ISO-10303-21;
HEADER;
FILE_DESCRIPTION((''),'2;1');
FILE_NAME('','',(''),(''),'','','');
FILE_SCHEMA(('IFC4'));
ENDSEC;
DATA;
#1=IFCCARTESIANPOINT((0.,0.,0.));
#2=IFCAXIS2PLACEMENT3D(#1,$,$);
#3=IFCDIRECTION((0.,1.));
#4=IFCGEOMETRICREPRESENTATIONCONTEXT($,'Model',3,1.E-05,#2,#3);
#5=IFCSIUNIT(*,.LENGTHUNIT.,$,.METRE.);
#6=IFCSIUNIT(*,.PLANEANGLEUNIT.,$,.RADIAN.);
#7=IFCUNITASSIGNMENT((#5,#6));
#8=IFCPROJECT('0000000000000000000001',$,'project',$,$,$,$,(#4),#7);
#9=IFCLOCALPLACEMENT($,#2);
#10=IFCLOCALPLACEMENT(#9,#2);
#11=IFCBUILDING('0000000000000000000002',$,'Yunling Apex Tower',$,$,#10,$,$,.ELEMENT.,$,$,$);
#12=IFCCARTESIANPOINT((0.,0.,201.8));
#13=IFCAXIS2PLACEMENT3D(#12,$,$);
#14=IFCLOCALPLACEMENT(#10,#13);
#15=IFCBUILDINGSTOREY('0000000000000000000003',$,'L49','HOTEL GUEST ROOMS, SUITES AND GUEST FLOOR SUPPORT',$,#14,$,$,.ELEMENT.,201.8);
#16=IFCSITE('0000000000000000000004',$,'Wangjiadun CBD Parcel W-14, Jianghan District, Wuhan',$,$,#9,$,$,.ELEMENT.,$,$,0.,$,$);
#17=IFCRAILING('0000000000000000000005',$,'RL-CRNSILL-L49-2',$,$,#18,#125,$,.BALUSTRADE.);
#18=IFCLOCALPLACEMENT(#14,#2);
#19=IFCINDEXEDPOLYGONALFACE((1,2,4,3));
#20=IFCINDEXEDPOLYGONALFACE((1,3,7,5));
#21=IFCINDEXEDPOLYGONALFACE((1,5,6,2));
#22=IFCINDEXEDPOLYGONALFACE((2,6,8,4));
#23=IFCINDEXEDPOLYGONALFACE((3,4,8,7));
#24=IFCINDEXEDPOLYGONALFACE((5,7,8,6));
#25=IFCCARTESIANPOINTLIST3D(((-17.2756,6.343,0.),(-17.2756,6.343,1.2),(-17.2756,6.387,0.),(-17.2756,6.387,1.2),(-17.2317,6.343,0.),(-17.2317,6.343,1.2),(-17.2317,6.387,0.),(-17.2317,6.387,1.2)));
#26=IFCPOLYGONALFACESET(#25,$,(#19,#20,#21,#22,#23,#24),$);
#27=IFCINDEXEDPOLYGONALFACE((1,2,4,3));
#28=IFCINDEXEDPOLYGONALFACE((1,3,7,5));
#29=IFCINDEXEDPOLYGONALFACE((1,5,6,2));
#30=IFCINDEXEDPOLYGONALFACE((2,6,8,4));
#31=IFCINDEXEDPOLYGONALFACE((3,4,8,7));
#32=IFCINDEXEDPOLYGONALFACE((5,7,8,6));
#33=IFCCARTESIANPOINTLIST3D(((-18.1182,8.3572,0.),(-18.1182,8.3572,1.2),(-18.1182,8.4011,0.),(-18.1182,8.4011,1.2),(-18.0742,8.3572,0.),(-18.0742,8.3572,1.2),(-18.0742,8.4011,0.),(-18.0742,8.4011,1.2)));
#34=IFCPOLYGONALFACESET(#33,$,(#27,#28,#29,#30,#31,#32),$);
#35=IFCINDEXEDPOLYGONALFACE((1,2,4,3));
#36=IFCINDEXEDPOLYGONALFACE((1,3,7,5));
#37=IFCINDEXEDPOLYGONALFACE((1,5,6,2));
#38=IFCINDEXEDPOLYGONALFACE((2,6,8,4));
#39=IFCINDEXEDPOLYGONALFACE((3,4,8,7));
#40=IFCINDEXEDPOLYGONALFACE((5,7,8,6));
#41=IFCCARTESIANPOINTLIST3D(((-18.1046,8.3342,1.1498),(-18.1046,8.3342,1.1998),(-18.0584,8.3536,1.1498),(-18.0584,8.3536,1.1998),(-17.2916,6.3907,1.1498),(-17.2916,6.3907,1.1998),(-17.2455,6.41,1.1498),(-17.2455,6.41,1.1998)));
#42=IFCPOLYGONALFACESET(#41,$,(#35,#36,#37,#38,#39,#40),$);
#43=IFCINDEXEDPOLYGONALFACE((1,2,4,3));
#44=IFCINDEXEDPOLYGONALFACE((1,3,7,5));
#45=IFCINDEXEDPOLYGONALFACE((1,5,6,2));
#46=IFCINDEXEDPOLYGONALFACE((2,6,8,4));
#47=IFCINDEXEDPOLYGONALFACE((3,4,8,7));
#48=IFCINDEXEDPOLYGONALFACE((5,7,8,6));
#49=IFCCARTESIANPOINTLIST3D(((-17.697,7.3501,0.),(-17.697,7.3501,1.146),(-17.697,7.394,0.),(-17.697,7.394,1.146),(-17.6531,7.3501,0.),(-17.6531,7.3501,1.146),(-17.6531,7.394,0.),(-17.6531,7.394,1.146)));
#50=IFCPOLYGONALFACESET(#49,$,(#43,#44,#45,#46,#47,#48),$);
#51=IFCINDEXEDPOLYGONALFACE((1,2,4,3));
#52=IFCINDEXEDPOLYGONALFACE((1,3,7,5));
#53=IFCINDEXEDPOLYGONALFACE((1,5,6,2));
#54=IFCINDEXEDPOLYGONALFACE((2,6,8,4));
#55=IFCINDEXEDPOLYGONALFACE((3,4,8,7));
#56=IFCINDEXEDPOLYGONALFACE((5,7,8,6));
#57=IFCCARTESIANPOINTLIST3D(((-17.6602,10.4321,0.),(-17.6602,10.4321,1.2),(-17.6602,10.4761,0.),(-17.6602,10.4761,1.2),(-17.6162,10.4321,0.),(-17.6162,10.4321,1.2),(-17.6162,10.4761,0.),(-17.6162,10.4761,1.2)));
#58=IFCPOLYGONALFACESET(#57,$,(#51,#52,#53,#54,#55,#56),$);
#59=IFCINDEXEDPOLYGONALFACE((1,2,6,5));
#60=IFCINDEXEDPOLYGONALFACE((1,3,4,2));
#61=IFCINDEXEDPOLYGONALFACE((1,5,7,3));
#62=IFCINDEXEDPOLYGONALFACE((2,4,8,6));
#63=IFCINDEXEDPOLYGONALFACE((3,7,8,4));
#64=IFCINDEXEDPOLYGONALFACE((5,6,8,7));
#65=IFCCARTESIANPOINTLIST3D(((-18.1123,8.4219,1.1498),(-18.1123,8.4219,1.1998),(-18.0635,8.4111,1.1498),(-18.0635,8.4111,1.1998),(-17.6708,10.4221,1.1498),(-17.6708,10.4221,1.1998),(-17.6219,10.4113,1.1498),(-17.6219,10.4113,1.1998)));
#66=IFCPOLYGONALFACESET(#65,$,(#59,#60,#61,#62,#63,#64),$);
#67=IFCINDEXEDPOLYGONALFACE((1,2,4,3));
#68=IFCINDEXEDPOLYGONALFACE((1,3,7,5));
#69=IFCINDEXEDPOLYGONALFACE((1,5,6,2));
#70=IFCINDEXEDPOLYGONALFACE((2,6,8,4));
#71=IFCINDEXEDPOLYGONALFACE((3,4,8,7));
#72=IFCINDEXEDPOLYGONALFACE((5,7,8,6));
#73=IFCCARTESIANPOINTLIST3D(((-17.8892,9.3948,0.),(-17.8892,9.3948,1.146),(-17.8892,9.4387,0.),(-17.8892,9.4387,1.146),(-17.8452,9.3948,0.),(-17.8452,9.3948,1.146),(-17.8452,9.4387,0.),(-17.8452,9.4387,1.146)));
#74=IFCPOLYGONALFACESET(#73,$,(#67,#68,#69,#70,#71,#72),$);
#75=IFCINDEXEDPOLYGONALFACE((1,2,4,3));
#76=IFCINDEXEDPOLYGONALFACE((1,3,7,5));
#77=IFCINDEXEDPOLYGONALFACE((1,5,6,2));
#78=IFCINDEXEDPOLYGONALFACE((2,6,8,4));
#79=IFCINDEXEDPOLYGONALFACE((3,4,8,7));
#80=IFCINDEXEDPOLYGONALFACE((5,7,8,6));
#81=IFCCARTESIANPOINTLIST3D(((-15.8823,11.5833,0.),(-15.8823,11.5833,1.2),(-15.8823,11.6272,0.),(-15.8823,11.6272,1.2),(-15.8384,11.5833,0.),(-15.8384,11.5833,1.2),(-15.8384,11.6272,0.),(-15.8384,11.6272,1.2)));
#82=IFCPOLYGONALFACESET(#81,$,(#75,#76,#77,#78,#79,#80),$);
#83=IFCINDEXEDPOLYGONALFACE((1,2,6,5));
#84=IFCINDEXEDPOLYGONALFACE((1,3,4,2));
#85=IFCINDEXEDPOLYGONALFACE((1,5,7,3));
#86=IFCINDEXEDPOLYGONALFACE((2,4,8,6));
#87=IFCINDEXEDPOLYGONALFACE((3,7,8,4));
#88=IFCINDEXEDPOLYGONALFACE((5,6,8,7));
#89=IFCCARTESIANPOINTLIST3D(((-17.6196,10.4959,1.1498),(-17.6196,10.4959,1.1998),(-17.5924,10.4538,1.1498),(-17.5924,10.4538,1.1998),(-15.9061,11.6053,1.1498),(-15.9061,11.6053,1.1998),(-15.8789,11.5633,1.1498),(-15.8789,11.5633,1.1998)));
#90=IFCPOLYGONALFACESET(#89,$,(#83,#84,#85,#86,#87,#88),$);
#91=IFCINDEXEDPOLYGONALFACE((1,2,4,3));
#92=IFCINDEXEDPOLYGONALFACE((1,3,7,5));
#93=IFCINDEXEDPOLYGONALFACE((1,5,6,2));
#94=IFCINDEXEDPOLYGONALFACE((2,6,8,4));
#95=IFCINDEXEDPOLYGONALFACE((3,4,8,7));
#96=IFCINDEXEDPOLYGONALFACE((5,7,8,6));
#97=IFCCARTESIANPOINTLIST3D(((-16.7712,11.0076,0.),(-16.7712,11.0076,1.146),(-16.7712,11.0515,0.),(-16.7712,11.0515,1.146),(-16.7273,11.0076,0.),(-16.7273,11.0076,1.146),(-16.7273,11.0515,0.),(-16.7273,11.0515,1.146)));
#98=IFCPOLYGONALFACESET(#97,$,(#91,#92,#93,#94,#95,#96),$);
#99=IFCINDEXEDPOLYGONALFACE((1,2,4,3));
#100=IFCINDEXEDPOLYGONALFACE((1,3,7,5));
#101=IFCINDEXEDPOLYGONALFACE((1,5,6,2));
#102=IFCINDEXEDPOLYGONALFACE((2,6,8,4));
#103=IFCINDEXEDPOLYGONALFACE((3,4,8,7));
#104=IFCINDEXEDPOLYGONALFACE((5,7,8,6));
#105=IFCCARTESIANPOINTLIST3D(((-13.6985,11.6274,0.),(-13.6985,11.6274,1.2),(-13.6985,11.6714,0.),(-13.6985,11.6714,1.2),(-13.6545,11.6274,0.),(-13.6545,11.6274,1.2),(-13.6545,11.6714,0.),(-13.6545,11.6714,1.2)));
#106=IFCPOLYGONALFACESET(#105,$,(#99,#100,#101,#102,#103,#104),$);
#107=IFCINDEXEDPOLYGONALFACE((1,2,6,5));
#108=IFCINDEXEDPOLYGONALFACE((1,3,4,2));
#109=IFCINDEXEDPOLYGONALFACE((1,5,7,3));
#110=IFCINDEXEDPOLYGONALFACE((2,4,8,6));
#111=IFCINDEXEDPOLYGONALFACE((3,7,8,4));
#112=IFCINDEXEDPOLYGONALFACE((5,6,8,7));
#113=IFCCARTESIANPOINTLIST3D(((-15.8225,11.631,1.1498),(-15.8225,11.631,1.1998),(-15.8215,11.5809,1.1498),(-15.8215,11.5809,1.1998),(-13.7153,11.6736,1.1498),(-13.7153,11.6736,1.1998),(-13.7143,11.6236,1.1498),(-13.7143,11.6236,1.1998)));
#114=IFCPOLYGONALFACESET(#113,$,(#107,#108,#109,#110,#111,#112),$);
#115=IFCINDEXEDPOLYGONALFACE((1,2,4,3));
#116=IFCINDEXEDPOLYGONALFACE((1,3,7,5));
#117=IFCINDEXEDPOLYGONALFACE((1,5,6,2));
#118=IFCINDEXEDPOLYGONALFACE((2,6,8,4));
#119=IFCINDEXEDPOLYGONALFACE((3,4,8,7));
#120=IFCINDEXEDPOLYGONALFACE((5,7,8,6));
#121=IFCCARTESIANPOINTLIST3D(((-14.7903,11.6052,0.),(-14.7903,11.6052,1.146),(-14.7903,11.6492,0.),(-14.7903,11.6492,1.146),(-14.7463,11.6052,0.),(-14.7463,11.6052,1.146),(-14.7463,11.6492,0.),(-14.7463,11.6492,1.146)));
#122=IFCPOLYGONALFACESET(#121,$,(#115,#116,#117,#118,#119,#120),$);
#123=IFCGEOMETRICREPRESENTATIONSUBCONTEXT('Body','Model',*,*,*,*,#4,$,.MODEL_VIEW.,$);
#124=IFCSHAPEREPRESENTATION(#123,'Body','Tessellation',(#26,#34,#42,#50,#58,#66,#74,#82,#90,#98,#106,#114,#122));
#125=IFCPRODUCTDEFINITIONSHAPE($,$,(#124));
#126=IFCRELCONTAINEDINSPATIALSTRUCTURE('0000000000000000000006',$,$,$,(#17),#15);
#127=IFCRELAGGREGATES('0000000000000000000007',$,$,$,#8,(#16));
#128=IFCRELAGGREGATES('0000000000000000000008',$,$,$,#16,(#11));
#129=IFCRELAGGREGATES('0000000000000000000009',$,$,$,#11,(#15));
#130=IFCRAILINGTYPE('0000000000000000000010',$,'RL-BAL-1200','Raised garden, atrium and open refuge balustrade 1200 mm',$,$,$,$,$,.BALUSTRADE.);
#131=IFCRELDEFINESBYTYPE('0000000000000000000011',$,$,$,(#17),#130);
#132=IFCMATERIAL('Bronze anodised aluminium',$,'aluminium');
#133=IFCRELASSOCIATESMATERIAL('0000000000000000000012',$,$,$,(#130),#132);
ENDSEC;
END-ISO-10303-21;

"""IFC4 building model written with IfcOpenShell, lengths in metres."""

from ifc_helpers import new_model, si_unit, direction, frame, origin, origin_2d, place, context, subcontext, project, spatial, rectangle, extrude, material, type_object, element, save


model = new_model("IFC4")

# Units and contexts
model_context = context("Model", 3, precision=1e-05, world=origin(), true_north=direction((0.0, 1.0)))
body_context = subcontext(model_context, "Body", "Model", "MODEL_VIEW")
ifc_project = project(units=[si_unit("LENGTHUNIT", "METRE"), si_unit("PLANEANGLEUNIT", "RADIAN")], contexts=[model_context])

# Site, building, storey
site_placement = place(None, origin())
site = spatial("IfcSite", under=ifc_project, at=site_placement, Name="Wangjiadun CBD Parcel W-14, Jianghan District, Wuhan", CompositionType="ELEMENT", RefElevation=0.0)
building_placement = place(site_placement, origin())
building = spatial("IfcBuilding", under=site, at=building_placement, Name="Yunling Apex Tower", CompositionType="ELEMENT")
storey_placement = place(building_placement, frame((0.0, 0.0, 201.8)))
storey = spatial("IfcBuildingStorey", under=building, at=storey_placement, Name="L49", Description="HOTEL GUEST ROOMS, SUITES AND GUEST FLOOR SUPPORT", CompositionType="ELEMENT", Elevation=201.8)

# Shared definitions
ifc_material_1 = material(Name="Bronze anodised aluminium", Category="aluminium")

# Railing
railing_type = type_object("IfcRailingType", Name="RL-BAL-1200", Description="Raised garden, atrium and open refuge balustrade 1200 mm", PredefinedType="BALUSTRADE", material=ifc_material_1)
railing_placement = place(storey_placement, frame((-17.2537, 6.365, 0.0)))
element("IfcRailing", 1, at=railing_placement, inside=storey, type_object=railing_type, Name="RL-CRNSILL-L49-2", PredefinedType="BALUSTRADE", context=body_context, shape_type="SweptSolid", body=[
    extrude(rectangle(XDim=0.0439, YDim=0.0439, at=origin_2d()), origin(), (0.0, 0.0, 1.0), 1.2),
    extrude(rectangle(XDim=0.0439, YDim=0.0439, at=origin_2d()), frame((-0.8425, 2.0142, 0.0)), (0.0, 0.0, 1.0), 1.2),
    extrude(rectangle(XDim=0.05, YDim=0.05, at=origin_2d()), frame((-0.0149, 0.0354, 1.1748), z_axis=(-0.385901, 0.92254, 0.0), x_axis=(-0.92254, -0.385901, 0.0)), (0.0, 0.0, 1.0), 2.1067),
    extrude(rectangle(XDim=0.0439, YDim=0.0439, at=origin_2d()), frame((-0.4214, 1.0071, 0.0)), (0.0, 0.0, 1.0), 1.146),
    extrude(rectangle(XDim=0.0439, YDim=0.0439, at=origin_2d()), frame((-0.3845, 4.0891, 0.0)), (0.0, 0.0, 1.0), 1.2),
    extrude(rectangle(XDim=0.05, YDim=0.05, at=origin_2d()), frame((-0.8342, 2.0515, 1.1748), z_axis=(0.215543, 0.976494, 0.0), x_axis=(-0.976494, 0.215543, 0.0)), (0.0, 0.0, 1.0), 2.0483),
    extrude(rectangle(XDim=0.0439, YDim=0.0439, at=origin_2d()), frame((-0.6135, 3.0518, 0.0)), (0.0, 0.0, 1.0), 1.146),
    extrude(rectangle(XDim=0.0439, YDim=0.0439, at=origin_2d()), frame((1.3933, 5.2402, 0.0)), (0.0, 0.0, 1.0), 1.2),
    extrude(rectangle(XDim=0.05, YDim=0.05, at=origin_2d()), frame((-0.3523, 4.1099, 1.1748), z_axis=(0.839406, 0.543505, 0.0), x_axis=(-0.543505, 0.839406, 0.0)), (0.0, 0.0, 1.0), 2.0413),
    extrude(rectangle(XDim=0.0439, YDim=0.0439, at=origin_2d()), frame((0.5044, 4.6646, 0.0)), (0.0, 0.0, 1.0), 1.146),
    extrude(rectangle(XDim=0.0439, YDim=0.0439, at=origin_2d()), frame((3.5771, 5.2844, 0.0)), (0.0, 0.0, 1.0), 1.2),
    extrude(rectangle(XDim=0.05, YDim=0.05, at=origin_2d()), frame((1.4316, 5.241, 1.1748), z_axis=(0.999795, 0.020231, 0.0), x_axis=(-0.020231, 0.999795, 0.0)), (0.0, 0.0, 1.0), 2.1077),
    extrude(rectangle(XDim=0.0439, YDim=0.0439, at=origin_2d()), frame((2.4854, 5.2622, 0.0)), (0.0, 0.0, 1.0), 1.146),
])

save(model, "model.ifc")
